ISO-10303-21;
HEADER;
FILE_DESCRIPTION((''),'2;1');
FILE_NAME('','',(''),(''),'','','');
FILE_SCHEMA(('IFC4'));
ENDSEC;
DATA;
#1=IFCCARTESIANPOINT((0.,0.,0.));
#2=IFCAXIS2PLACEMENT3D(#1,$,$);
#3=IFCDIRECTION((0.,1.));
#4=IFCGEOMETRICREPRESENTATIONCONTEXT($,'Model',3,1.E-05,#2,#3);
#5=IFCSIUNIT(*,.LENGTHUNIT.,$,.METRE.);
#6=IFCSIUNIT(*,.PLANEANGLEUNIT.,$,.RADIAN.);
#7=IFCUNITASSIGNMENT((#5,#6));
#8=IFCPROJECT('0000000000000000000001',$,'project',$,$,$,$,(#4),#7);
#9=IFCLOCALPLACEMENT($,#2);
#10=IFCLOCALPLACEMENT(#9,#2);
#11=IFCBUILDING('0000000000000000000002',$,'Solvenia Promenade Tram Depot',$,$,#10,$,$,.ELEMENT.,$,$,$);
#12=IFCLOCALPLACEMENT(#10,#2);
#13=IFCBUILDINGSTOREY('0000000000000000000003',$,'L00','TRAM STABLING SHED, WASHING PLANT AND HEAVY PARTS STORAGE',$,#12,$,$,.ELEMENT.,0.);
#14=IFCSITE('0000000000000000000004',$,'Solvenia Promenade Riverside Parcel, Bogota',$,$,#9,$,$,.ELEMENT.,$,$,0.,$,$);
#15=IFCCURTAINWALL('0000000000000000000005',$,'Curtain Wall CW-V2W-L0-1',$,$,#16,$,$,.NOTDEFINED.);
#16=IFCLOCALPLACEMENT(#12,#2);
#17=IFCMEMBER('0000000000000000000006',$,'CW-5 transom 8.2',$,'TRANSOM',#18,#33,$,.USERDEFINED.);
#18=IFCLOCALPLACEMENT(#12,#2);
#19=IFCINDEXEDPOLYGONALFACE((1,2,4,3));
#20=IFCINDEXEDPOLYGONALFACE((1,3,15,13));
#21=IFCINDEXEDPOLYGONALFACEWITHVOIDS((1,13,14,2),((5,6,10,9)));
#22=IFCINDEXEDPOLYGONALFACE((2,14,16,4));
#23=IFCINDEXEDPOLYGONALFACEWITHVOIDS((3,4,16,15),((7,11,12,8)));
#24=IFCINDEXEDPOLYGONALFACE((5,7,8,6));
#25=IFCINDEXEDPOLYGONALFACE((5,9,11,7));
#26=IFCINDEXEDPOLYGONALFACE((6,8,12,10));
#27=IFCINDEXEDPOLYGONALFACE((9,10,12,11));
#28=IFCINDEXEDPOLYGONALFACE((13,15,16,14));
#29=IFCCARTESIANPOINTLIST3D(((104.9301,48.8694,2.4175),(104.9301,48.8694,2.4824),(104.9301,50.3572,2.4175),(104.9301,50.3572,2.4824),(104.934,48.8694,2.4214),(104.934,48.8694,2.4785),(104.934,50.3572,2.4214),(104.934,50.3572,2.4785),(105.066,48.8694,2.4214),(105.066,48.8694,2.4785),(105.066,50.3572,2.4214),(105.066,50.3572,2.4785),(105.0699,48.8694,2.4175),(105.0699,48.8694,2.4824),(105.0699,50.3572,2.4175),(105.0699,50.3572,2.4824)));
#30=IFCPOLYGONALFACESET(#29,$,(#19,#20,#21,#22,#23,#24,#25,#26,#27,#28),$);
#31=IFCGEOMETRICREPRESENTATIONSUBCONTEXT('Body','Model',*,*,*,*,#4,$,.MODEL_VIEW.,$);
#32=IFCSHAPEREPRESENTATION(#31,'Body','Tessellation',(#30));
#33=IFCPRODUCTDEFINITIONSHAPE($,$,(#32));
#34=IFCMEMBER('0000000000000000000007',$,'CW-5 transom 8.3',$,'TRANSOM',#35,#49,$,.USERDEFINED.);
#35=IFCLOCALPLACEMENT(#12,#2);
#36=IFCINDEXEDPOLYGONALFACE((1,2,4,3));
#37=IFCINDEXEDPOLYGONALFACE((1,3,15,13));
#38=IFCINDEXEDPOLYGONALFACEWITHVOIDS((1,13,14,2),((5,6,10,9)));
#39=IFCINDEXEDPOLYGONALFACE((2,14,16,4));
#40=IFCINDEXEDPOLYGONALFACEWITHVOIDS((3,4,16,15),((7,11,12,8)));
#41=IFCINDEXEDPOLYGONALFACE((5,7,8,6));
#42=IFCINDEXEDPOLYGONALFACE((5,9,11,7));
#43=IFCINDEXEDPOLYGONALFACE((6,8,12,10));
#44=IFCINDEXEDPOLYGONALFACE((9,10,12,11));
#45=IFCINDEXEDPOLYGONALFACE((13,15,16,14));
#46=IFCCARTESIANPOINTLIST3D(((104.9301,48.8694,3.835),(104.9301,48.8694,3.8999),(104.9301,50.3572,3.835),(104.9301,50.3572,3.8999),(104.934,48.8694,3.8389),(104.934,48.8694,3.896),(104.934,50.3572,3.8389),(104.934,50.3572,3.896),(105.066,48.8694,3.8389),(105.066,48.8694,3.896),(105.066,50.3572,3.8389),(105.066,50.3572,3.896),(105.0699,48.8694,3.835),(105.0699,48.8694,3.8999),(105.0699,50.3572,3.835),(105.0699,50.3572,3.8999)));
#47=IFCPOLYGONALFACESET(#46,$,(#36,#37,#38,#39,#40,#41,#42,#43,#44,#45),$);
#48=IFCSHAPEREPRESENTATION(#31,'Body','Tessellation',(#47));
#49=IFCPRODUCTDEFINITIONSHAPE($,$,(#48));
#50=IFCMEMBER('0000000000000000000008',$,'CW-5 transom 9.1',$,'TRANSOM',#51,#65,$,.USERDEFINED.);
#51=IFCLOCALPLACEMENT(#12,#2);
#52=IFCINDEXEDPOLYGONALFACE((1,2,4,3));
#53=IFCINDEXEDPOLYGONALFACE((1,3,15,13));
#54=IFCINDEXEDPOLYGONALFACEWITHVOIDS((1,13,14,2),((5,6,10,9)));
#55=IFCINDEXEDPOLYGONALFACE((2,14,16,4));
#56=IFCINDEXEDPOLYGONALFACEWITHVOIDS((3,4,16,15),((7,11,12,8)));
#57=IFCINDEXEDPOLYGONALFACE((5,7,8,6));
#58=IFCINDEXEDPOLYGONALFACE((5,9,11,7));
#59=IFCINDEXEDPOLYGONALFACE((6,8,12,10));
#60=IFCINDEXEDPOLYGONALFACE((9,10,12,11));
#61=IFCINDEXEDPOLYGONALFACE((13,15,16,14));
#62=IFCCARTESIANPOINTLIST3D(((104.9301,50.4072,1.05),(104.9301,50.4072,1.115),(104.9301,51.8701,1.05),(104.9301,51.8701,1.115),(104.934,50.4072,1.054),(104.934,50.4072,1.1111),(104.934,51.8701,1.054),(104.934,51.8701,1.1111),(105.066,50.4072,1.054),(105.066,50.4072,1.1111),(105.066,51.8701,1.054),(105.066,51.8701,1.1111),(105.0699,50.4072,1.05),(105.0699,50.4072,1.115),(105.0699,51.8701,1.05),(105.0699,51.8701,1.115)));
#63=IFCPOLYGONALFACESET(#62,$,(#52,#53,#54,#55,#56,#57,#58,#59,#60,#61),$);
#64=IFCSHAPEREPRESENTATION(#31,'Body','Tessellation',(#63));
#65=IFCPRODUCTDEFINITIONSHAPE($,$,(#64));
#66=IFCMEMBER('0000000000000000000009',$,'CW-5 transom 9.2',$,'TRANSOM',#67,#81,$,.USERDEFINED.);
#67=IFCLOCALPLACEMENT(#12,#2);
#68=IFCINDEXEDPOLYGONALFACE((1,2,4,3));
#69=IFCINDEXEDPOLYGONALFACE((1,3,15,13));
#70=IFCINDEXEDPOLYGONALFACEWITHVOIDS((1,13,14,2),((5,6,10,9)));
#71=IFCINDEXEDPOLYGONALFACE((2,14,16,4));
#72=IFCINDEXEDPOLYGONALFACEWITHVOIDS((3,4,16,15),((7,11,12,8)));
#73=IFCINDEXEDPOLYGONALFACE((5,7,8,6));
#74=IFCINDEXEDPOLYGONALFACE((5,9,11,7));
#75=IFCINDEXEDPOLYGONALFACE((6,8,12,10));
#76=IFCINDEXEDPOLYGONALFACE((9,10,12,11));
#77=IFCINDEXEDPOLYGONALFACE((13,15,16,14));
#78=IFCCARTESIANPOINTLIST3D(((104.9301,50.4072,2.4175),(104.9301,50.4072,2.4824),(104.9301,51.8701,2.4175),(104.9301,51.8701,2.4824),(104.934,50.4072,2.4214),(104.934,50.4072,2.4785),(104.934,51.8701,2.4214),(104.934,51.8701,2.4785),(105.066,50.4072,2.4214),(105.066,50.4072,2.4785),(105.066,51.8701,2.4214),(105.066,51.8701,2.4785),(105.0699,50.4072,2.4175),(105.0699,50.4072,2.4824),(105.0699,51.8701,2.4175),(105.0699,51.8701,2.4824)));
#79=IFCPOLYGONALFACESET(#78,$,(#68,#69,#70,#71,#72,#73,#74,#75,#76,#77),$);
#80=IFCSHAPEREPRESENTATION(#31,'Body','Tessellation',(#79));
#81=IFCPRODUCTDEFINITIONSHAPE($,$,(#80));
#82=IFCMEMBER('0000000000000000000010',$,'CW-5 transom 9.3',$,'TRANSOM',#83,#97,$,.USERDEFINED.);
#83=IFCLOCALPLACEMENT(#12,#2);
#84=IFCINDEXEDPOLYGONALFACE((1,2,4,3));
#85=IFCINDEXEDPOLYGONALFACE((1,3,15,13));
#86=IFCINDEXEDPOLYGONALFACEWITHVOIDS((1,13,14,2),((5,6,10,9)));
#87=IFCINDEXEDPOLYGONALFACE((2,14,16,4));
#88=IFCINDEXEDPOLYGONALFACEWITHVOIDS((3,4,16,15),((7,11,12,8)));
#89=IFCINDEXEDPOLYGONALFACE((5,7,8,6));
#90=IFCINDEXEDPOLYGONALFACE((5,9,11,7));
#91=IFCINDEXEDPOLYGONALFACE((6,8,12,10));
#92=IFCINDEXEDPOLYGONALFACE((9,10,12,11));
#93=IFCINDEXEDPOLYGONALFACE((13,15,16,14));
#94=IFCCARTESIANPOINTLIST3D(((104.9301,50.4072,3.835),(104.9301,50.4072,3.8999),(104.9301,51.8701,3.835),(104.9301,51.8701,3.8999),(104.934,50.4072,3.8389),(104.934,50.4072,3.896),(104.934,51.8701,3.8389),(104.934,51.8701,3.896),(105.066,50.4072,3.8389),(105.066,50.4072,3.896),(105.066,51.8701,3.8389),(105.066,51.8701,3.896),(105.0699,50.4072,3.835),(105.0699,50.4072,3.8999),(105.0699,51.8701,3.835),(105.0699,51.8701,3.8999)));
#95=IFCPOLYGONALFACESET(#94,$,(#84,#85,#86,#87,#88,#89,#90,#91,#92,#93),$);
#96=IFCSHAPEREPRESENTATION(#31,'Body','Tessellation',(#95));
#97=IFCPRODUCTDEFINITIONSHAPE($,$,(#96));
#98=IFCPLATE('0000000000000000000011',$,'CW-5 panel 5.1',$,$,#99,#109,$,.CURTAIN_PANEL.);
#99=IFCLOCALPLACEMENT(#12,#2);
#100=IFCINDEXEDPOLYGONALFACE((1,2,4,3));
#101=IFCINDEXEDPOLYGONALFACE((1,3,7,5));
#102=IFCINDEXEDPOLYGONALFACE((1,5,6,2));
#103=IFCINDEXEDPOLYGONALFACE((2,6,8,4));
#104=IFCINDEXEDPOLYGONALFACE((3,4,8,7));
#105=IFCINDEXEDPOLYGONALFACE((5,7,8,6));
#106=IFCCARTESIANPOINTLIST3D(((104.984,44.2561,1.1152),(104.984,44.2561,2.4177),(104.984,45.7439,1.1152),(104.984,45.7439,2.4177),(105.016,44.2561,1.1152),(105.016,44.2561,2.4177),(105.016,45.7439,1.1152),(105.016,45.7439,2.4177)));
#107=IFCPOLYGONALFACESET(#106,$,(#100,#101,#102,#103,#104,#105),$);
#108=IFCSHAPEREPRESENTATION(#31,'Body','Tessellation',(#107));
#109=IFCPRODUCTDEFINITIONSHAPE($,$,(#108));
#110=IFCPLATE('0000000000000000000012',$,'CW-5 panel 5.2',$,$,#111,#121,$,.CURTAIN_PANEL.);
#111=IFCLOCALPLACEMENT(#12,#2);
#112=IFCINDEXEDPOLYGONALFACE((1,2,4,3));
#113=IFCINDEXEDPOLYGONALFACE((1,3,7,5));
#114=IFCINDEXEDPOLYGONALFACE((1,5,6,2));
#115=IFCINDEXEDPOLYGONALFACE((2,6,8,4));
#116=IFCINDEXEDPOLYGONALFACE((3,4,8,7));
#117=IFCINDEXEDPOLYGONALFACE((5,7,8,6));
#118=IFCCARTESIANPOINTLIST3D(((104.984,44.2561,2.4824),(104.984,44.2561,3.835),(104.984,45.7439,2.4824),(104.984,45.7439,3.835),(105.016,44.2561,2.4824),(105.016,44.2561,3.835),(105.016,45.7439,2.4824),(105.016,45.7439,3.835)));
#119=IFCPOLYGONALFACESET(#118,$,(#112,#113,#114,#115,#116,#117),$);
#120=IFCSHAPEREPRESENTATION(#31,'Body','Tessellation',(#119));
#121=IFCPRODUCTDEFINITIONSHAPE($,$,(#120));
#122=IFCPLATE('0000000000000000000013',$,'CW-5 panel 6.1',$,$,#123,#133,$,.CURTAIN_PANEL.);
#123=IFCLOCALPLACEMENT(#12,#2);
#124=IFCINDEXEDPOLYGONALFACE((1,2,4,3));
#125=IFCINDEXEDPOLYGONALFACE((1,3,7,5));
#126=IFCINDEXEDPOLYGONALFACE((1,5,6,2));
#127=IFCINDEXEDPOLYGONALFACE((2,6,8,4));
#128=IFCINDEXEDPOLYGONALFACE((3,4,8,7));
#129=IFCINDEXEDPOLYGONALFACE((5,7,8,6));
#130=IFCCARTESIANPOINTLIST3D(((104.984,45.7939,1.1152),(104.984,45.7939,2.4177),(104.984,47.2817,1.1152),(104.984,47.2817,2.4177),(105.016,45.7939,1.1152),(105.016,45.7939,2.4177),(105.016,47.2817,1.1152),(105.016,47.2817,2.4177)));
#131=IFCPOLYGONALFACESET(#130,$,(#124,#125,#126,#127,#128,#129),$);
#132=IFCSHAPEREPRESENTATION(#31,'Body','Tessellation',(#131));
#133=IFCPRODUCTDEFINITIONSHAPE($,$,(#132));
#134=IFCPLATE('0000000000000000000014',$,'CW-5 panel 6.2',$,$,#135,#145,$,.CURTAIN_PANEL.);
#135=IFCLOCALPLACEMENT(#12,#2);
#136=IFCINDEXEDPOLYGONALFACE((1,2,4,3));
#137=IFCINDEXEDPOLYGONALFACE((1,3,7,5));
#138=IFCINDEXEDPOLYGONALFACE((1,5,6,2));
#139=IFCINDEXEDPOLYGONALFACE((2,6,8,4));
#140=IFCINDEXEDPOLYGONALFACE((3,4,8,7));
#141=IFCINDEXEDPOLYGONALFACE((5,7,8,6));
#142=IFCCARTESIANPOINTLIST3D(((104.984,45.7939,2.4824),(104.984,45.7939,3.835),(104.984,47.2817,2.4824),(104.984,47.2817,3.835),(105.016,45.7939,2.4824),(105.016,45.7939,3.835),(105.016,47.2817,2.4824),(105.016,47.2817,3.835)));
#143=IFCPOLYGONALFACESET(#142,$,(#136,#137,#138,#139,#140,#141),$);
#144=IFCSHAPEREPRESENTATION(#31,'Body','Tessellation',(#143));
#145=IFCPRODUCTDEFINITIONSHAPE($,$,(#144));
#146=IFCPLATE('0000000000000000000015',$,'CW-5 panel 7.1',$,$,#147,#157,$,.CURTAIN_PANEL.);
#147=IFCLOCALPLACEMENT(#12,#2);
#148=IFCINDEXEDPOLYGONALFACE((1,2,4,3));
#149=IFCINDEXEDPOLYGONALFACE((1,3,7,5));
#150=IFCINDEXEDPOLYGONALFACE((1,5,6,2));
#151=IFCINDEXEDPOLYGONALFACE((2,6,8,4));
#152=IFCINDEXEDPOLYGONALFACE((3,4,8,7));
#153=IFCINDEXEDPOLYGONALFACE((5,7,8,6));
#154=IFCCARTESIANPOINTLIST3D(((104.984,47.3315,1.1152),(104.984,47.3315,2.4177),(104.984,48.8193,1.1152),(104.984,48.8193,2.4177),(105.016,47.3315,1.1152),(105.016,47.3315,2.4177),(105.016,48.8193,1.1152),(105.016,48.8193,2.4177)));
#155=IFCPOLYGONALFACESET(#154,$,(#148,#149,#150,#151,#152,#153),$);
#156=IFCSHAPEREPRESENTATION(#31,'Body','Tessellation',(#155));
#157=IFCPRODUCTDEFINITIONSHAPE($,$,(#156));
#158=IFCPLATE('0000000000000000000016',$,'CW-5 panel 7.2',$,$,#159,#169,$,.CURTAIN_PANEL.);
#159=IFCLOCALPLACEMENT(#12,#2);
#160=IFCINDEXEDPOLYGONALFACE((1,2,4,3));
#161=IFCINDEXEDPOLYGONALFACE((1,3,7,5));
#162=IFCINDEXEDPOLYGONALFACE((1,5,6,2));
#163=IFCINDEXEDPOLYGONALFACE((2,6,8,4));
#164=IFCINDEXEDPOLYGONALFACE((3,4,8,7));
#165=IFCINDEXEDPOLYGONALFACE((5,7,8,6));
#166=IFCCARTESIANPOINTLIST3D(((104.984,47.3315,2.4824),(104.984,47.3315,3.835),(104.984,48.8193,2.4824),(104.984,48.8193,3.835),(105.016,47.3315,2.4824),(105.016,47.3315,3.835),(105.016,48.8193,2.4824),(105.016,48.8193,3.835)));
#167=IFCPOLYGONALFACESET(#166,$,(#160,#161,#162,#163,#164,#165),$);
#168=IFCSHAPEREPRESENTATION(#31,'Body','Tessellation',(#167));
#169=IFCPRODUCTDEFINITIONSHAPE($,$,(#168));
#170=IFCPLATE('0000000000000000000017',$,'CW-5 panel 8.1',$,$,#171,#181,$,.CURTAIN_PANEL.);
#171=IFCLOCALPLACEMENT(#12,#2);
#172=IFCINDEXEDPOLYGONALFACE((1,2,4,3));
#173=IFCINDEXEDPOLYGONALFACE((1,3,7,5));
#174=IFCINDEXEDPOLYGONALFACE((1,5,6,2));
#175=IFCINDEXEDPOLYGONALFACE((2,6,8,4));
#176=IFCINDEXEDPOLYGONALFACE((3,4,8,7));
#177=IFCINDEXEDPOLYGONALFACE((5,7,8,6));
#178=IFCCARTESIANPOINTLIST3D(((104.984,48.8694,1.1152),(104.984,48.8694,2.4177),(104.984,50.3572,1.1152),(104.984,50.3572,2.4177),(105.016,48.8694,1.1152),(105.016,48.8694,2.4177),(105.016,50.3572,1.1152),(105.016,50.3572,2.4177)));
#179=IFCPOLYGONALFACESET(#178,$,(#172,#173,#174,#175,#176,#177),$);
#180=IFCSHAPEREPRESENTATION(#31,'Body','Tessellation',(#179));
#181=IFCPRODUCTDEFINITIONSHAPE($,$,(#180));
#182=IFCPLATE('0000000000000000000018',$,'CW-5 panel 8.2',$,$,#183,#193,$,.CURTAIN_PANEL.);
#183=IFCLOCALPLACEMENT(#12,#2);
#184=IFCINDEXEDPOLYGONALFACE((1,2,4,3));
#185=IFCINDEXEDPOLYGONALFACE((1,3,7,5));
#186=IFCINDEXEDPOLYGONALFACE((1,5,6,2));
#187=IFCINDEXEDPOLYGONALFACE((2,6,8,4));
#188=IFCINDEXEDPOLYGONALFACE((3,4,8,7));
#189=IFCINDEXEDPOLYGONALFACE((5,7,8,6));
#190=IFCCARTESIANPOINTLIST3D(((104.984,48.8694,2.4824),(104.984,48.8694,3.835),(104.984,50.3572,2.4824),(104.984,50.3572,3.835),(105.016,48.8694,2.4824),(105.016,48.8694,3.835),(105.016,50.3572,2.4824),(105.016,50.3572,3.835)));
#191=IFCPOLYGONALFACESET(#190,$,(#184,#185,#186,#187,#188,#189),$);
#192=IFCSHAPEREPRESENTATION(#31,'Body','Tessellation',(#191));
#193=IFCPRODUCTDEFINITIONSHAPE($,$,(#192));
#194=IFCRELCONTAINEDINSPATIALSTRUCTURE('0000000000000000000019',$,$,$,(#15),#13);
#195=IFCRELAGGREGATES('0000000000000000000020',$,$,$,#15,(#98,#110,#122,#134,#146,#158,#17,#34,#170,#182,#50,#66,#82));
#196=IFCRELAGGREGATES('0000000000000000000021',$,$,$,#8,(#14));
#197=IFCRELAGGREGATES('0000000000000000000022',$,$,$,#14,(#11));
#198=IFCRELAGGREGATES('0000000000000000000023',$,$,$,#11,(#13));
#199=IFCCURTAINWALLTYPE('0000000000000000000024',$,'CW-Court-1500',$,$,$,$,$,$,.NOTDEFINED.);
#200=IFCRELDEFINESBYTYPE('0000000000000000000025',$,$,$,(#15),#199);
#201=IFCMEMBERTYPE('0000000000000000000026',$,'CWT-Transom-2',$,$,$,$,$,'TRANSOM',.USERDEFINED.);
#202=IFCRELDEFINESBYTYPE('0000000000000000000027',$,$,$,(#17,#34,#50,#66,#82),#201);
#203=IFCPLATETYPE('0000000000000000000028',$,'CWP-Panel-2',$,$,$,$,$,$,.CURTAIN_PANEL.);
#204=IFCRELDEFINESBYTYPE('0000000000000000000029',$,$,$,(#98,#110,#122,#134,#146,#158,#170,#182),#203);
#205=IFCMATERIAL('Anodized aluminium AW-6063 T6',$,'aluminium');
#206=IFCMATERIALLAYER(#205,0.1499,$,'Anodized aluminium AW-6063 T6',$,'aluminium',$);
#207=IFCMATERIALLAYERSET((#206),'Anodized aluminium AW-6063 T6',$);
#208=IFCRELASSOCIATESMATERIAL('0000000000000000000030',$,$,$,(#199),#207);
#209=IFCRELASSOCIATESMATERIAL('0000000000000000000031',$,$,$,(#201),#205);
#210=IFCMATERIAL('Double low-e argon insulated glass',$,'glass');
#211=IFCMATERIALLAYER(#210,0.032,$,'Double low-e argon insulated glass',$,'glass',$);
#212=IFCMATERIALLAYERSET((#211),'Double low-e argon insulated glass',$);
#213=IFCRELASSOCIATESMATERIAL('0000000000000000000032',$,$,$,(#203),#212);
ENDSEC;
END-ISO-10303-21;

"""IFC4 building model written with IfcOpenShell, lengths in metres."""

from ifc_helpers import new_model, si_unit, direction, frame, origin, origin_2d, place, context, subcontext, project, spatial, rectangle, hollow_rectangle, extrude, material, layer, layer_set, material_profile, profile_set, type_object, element, aggregate, save


model = new_model("IFC4")

# Units and contexts
model_context = context("Model", 3, precision=1e-05, world=origin(), true_north=direction((0.0, 1.0)))
body_context = subcontext(model_context, "Body", "Model", "MODEL_VIEW")
ifc_project = project(units=[si_unit("LENGTHUNIT", "METRE"), si_unit("PLANEANGLEUNIT", "RADIAN")], contexts=[model_context])

# Site, building, storey
site_placement = place(None, origin())
site = spatial("IfcSite", under=ifc_project, at=site_placement, Name="Solvenia Promenade Riverside Parcel, Bogota", CompositionType="ELEMENT", RefElevation=0.0)
building_placement = place(site_placement, origin())
building = spatial("IfcBuilding", under=site, at=building_placement, Name="Solvenia Promenade Tram Depot", CompositionType="ELEMENT")
storey_placement = place(building_placement, origin())
storey = spatial("IfcBuildingStorey", under=building, at=storey_placement, Name="L00", Description="TRAM STABLING SHED, WASHING PLANT AND HEAVY PARTS STORAGE", CompositionType="ELEMENT", Elevation=0.0)

# Curtain wall, members, plates
ifc_material_1 = material(Name="Anodized aluminium AW-6063 T6", Category="aluminium")
ifc_layer_1 = layer(ifc_material_1, 0.1499, Name="Anodized aluminium AW-6063 T6", Category="aluminium")
ifc_layer_set_1 = layer_set([ifc_layer_1], Name="Anodized aluminium AW-6063 T6")
curtain_wall_type = type_object("IfcCurtainWallType", Name="CW-Court-1500", PredefinedType="NOTDEFINED", material=ifc_layer_set_1)
curtain_wall_placement = place(storey_placement, origin())
curtain_wall = element("IfcCurtainWall", 1, at=curtain_wall_placement, inside=storey, type_object=curtain_wall_type, Name="Curtain Wall CW-V2W-L0-1", PredefinedType="NOTDEFINED")
ifc_material_profile_1 = material_profile(ifc_material_1, hollow_rectangle(XDim=0.1399, YDim=0.0649, WallThickness=0.0039, at=origin_2d()), Name="ALU-T2", Category="aluminium")
ifc_profile_set_1 = profile_set([ifc_material_profile_1], Name="Anodized aluminium AW-6063 T6")
member_type_1 = type_object("IfcMemberType", Name="CWT-Transom-2", ElementType="TRANSOM", PredefinedType="USERDEFINED", material=ifc_profile_set_1)
member_1_placement = place(storey_placement, frame((105.0, 48.8694, 2.45), z_axis=(0.0, 1.0, 0.0), x_axis=(-1.0, 0.0, 0.0)))
member_1 = element("IfcMember", 2, at=member_1_placement, type_object=member_type_1, Name="CW-5 transom 8.2", ObjectType="TRANSOM", PredefinedType="USERDEFINED", context=body_context, shape_type="SweptSolid", body=[
    extrude(hollow_rectangle(XDim=0.1399, YDim=0.0649, WallThickness=0.0039, at=origin_2d()), origin(), (0.0, 0.0, 1.0), 1.4878),
])
member_2_placement = place(storey_placement, frame((105.0, 48.8694, 3.8674), z_axis=(0.0, 1.0, 0.0), x_axis=(-1.0, 0.0, 0.0)))
member_2 = element("IfcMember", 3, at=member_2_placement, type_object=member_type_1, Name="CW-5 transom 8.3", ObjectType="TRANSOM", PredefinedType="USERDEFINED", context=body_context, shape_type="SweptSolid", body=[
    extrude(hollow_rectangle(XDim=0.1399, YDim=0.0649, WallThickness=0.0039, at=origin_2d()), origin(), (0.0, 0.0, 1.0), 1.4878),
])
member_3_placement = place(storey_placement, frame((105.0, 50.4072, 1.0825), z_axis=(0.0, 1.0, 0.0), x_axis=(-1.0, 0.0, 0.0)))
member_3 = element("IfcMember", 4, at=member_3_placement, type_object=member_type_1, Name="CW-5 transom 9.1", ObjectType="TRANSOM", PredefinedType="USERDEFINED", context=body_context, shape_type="SweptSolid", body=[
    extrude(hollow_rectangle(XDim=0.1399, YDim=0.0649, WallThickness=0.0039, at=origin_2d()), origin(), (0.0, 0.0, 1.0), 1.4629),
])
member_4_placement = place(storey_placement, frame((105.0, 50.4072, 2.45), z_axis=(0.0, 1.0, 0.0), x_axis=(-1.0, 0.0, 0.0)))
member_4 = element("IfcMember", 5, at=member_4_placement, type_object=member_type_1, Name="CW-5 transom 9.2", ObjectType="TRANSOM", PredefinedType="USERDEFINED", context=body_context, shape_type="SweptSolid", body=[
    extrude(hollow_rectangle(XDim=0.1399, YDim=0.0649, WallThickness=0.0039, at=origin_2d()), origin(), (0.0, 0.0, 1.0), 1.4629),
])
member_5_placement = place(storey_placement, frame((105.0, 50.4072, 3.8674), z_axis=(0.0, 1.0, 0.0), x_axis=(-1.0, 0.0, 0.0)))
member_5 = element("IfcMember", 6, at=member_5_placement, type_object=member_type_1, Name="CW-5 transom 9.3", ObjectType="TRANSOM", PredefinedType="USERDEFINED", context=body_context, shape_type="SweptSolid", body=[
    extrude(hollow_rectangle(XDim=0.1399, YDim=0.0649, WallThickness=0.0039, at=origin_2d()), origin(), (0.0, 0.0, 1.0), 1.4629),
])
ifc_material_2 = material(Name="Double low-e argon insulated glass", Category="glass")
ifc_layer_2 = layer(ifc_material_2, 0.032, Name="Double low-e argon insulated glass", Category="glass")
ifc_layer_set_2 = layer_set([ifc_layer_2], Name="Double low-e argon insulated glass")
plate_type_1 = type_object("IfcPlateType", Name="CWP-Panel-2", PredefinedType="CURTAIN_PANEL", material=ifc_layer_set_2)
plate_1_placement = place(storey_placement, frame((105.0, 45.0, 1.1152), z_axis=(0.0, 0.0, 1.0), x_axis=(0.0, 1.0, 0.0)))
plate_1 = element("IfcPlate", 7, at=plate_1_placement, type_object=plate_type_1, Name="CW-5 panel 5.1", PredefinedType="CURTAIN_PANEL", context=body_context, shape_type="SweptSolid", body=[
    extrude(rectangle(XDim=1.4878, YDim=0.032, at=origin_2d()), origin(), (0.0, 0.0, 1.0), 1.3025),
])
plate_2_placement = place(storey_placement, frame((105.0, 45.0, 2.4824), z_axis=(0.0, 0.0, 1.0), x_axis=(0.0, 1.0, 0.0)))
plate_2 = element("IfcPlate", 8, at=plate_2_placement, type_object=plate_type_1, Name="CW-5 panel 5.2", PredefinedType="CURTAIN_PANEL", context=body_context, shape_type="SweptSolid", body=[
    extrude(rectangle(XDim=1.4878, YDim=0.032, at=origin_2d()), origin(), (0.0, 0.0, 1.0), 1.3525),
])
plate_3_placement = place(storey_placement, frame((105.0, 46.5378, 1.1152), z_axis=(0.0, 0.0, 1.0), x_axis=(0.0, 1.0, 0.0)))
plate_3 = element("IfcPlate", 9, at=plate_3_placement, type_object=plate_type_1, Name="CW-5 panel 6.1", PredefinedType="CURTAIN_PANEL", context=body_context, shape_type="SweptSolid", body=[
    extrude(rectangle(XDim=1.4878, YDim=0.032, at=origin_2d()), origin(), (0.0, 0.0, 1.0), 1.3025),
])
plate_4_placement = place(storey_placement, frame((105.0, 46.5378, 2.4824), z_axis=(0.0, 0.0, 1.0), x_axis=(0.0, 1.0, 0.0)))
plate_4 = element("IfcPlate", 10, at=plate_4_placement, type_object=plate_type_1, Name="CW-5 panel 6.2", PredefinedType="CURTAIN_PANEL", context=body_context, shape_type="SweptSolid", body=[
    extrude(rectangle(XDim=1.4878, YDim=0.032, at=origin_2d()), origin(), (0.0, 0.0, 1.0), 1.3525),
])
plate_5_placement = place(storey_placement, frame((105.0, 48.0754, 1.1152), z_axis=(0.0, 0.0, 1.0), x_axis=(0.0, 1.0, 0.0)))
plate_5 = element("IfcPlate", 11, at=plate_5_placement, type_object=plate_type_1, Name="CW-5 panel 7.1", PredefinedType="CURTAIN_PANEL", context=body_context, shape_type="SweptSolid", body=[
    extrude(rectangle(XDim=1.4878, YDim=0.032, at=origin_2d()), origin(), (0.0, 0.0, 1.0), 1.3025),
])
plate_6_placement = place(storey_placement, frame((105.0, 48.0754, 2.4824), z_axis=(0.0, 0.0, 1.0), x_axis=(0.0, 1.0, 0.0)))
plate_6 = element("IfcPlate", 12, at=plate_6_placement, type_object=plate_type_1, Name="CW-5 panel 7.2", PredefinedType="CURTAIN_PANEL", context=body_context, shape_type="SweptSolid", body=[
    extrude(rectangle(XDim=1.4878, YDim=0.032, at=origin_2d()), origin(), (0.0, 0.0, 1.0), 1.3525),
])
plate_7_placement = place(storey_placement, frame((105.0, 49.6133, 1.1152), z_axis=(0.0, 0.0, 1.0), x_axis=(0.0, 1.0, 0.0)))
plate_7 = element("IfcPlate", 13, at=plate_7_placement, type_object=plate_type_1, Name="CW-5 panel 8.1", PredefinedType="CURTAIN_PANEL", context=body_context, shape_type="SweptSolid", body=[
    extrude(rectangle(XDim=1.4878, YDim=0.032, at=origin_2d()), origin(), (0.0, 0.0, 1.0), 1.3025),
])
plate_8_placement = place(storey_placement, frame((105.0, 49.6133, 2.4824), z_axis=(0.0, 0.0, 1.0), x_axis=(0.0, 1.0, 0.0)))
plate_8 = element("IfcPlate", 14, at=plate_8_placement, type_object=plate_type_1, Name="CW-5 panel 8.2", PredefinedType="CURTAIN_PANEL", context=body_context, shape_type="SweptSolid", body=[
    extrude(rectangle(XDim=1.4878, YDim=0.032, at=origin_2d()), origin(), (0.0, 0.0, 1.0), 1.3525),
])
aggregate(curtain_wall, [plate_1, plate_2, plate_3, plate_4, plate_5, plate_6, member_1, member_2, plate_7, plate_8, member_3, member_4, member_5])

save(model, "model.ifc")
